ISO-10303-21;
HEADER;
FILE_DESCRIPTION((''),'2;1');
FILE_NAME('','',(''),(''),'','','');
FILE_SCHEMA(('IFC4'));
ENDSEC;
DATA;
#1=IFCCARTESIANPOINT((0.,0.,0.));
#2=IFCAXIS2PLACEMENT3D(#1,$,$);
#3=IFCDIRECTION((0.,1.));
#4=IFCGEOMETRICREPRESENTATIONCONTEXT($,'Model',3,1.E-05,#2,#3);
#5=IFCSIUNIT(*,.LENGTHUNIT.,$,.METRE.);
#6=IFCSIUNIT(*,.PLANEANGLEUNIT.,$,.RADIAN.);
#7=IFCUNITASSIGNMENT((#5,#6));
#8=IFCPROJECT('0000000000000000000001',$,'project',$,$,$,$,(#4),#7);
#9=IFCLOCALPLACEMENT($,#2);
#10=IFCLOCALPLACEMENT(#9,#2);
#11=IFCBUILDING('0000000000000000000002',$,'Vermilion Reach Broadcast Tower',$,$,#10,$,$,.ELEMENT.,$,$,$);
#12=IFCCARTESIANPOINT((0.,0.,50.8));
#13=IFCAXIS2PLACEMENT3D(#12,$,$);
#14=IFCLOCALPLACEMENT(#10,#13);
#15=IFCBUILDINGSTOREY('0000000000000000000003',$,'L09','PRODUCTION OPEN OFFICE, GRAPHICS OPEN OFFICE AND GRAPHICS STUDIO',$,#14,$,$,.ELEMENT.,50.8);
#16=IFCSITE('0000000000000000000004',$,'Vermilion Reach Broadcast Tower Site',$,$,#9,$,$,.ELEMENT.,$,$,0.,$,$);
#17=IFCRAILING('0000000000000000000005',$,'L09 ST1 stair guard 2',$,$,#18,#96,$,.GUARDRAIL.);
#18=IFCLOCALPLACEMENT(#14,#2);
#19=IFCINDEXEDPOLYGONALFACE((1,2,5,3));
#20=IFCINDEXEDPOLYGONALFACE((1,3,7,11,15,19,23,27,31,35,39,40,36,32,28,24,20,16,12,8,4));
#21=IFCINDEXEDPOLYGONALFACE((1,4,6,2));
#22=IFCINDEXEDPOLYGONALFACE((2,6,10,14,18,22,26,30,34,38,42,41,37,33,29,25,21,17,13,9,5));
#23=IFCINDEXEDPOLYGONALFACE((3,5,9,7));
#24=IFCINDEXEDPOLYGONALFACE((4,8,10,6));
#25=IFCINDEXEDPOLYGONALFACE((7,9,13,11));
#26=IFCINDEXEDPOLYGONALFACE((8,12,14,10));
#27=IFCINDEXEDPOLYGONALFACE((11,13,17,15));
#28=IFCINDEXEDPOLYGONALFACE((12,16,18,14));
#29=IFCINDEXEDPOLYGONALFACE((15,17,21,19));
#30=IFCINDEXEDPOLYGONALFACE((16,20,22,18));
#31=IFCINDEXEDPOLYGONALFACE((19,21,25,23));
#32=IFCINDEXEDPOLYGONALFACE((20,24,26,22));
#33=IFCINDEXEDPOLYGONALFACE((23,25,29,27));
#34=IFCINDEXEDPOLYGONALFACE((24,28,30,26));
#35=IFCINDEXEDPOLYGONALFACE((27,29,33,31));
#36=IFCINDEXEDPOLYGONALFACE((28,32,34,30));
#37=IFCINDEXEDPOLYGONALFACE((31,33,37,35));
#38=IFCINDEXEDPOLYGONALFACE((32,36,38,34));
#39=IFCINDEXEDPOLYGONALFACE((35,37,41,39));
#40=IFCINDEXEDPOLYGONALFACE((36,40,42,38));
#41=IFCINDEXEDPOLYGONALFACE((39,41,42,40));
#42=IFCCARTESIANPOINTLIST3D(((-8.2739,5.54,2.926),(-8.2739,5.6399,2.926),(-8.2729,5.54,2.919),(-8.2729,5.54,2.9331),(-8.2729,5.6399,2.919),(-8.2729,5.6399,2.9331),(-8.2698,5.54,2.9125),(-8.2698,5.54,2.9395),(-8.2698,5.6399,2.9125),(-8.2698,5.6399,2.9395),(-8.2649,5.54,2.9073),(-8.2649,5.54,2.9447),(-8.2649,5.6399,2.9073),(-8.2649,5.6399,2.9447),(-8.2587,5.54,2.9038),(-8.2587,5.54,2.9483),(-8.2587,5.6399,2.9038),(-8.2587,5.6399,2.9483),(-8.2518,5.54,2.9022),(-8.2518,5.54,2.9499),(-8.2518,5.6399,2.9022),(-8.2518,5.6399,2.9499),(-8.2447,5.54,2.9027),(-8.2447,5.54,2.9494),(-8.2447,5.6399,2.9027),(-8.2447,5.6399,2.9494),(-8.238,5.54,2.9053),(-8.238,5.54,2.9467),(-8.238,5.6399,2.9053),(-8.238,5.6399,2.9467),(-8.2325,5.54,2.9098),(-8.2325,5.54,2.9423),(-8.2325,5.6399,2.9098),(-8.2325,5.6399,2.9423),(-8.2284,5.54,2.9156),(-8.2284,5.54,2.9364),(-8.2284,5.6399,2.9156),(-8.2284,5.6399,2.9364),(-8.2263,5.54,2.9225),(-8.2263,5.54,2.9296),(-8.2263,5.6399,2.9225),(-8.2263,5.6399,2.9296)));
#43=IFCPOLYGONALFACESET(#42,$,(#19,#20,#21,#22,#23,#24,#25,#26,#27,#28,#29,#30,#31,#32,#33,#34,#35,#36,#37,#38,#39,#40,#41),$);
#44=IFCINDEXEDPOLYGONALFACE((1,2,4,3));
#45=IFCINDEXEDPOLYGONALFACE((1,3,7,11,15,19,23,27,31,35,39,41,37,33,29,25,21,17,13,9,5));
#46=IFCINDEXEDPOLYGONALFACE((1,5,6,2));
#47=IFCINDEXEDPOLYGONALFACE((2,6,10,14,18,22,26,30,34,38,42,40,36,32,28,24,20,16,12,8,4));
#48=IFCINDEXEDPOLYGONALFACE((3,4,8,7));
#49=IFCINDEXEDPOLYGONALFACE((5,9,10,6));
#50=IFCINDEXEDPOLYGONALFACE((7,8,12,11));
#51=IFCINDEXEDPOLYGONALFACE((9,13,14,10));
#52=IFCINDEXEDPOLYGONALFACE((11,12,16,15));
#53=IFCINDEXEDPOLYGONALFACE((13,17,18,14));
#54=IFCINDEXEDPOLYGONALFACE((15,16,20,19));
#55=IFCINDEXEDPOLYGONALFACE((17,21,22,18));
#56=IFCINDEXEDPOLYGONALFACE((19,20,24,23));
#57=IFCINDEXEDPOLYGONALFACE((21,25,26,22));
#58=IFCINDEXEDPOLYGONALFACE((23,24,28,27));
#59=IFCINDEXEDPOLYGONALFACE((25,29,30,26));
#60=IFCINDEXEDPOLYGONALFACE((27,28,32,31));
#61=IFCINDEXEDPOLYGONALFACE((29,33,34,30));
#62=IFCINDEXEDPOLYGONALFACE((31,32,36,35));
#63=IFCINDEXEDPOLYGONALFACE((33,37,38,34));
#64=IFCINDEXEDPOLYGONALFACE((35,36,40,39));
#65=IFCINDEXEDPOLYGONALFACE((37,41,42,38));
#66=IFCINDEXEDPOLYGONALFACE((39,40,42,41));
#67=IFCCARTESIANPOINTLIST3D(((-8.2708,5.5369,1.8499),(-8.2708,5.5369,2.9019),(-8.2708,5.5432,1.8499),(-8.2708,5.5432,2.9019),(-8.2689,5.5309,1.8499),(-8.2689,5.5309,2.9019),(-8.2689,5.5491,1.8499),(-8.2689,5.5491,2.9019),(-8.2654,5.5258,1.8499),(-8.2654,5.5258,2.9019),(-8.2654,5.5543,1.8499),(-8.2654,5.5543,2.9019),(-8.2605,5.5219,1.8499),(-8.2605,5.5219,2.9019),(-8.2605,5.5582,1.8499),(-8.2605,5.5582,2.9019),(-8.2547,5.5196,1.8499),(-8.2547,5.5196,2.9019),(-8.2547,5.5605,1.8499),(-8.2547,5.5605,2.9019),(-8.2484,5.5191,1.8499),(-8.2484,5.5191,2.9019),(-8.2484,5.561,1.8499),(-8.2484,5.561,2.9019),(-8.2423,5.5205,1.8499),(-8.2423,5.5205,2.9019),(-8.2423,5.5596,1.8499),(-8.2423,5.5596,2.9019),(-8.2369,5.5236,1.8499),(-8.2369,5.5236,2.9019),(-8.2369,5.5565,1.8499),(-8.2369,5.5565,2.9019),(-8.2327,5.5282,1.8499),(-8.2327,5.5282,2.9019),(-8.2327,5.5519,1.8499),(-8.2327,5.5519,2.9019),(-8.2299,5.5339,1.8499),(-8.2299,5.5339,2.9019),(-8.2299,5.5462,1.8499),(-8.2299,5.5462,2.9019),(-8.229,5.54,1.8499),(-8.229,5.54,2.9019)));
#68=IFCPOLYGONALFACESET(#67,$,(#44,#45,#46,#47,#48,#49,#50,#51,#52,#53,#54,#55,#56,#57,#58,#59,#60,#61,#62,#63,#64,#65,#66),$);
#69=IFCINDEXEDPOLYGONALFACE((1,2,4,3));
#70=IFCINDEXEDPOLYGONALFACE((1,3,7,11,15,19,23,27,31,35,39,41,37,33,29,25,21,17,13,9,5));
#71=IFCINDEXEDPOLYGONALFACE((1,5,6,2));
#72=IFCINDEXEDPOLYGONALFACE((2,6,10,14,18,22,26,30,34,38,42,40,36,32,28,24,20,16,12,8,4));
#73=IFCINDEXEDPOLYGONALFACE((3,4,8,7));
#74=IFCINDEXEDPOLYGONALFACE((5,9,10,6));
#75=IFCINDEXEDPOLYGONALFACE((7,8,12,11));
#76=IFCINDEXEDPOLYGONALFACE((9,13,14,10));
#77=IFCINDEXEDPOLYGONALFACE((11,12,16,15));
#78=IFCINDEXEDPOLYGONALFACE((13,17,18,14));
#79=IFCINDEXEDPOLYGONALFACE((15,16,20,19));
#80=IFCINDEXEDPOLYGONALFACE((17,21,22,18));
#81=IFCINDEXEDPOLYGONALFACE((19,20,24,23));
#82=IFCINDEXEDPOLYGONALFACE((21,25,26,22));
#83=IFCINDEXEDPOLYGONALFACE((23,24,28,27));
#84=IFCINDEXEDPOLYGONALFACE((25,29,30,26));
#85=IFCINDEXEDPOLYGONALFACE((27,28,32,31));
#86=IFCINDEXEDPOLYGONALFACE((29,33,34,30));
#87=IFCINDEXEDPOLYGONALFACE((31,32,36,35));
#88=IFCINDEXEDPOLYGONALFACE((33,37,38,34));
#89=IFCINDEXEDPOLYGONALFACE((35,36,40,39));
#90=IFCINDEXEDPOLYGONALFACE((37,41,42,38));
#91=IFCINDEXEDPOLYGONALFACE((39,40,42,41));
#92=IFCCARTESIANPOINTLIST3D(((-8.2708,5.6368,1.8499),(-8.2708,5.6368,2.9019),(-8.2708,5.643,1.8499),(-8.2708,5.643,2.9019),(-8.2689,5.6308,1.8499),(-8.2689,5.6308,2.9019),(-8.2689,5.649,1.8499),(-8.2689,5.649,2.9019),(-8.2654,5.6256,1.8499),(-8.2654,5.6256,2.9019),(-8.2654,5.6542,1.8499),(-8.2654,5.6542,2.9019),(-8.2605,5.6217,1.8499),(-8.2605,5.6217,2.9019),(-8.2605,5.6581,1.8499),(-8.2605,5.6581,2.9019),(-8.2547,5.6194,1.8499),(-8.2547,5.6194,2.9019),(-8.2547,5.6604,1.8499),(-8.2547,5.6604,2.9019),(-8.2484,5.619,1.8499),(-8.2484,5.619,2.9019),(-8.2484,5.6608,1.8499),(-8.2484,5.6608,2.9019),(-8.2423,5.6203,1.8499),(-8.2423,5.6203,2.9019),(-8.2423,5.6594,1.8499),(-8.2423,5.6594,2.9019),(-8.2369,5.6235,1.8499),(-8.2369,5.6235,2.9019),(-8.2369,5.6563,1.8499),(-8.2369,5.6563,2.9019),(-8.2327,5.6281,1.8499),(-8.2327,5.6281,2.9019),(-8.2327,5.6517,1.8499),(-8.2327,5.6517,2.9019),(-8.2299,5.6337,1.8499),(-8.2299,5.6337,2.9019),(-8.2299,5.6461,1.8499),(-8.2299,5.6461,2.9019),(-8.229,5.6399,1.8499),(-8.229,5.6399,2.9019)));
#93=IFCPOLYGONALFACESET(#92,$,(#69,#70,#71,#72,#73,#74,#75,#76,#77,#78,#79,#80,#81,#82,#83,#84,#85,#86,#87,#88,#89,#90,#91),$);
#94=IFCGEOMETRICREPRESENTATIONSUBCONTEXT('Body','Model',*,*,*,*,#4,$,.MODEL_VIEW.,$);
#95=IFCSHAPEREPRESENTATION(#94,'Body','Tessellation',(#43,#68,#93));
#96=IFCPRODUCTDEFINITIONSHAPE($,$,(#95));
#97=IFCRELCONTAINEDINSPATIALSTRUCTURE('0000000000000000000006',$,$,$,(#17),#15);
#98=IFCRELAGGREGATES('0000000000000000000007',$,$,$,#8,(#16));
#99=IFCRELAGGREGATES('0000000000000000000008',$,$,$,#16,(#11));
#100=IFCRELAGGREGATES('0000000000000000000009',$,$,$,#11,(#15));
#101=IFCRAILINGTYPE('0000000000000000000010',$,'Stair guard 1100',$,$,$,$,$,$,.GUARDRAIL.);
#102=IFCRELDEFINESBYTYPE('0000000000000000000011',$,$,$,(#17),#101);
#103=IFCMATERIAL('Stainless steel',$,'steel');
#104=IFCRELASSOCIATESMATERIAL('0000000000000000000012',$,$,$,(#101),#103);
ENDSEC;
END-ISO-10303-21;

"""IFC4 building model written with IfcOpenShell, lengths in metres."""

from ifc_helpers import new_model, si_unit, direction, frame, origin, origin_2d, place, context, subcontext, project, spatial, circle, extrude, material, type_object, element, save


model = new_model("IFC4")

# Units and contexts
model_context = context("Model", 3, precision=1e-05, world=origin(), true_north=direction((0.0, 1.0)))
body_context = subcontext(model_context, "Body", "Model", "MODEL_VIEW")
ifc_project = project(units=[si_unit("LENGTHUNIT", "METRE"), si_unit("PLANEANGLEUNIT", "RADIAN")], contexts=[model_context])

# Site, building, storey
site_placement = place(None, origin())
site = spatial("IfcSite", under=ifc_project, at=site_placement, Name="Vermilion Reach Broadcast Tower Site", CompositionType="ELEMENT", RefElevation=0.0)
building_placement = place(site_placement, origin())
building = spatial("IfcBuilding", under=site, at=building_placement, Name="Vermilion Reach Broadcast Tower", CompositionType="ELEMENT")
storey_placement = place(building_placement, frame((0.0, 0.0, 50.8)))
storey = spatial("IfcBuildingStorey", under=building, at=storey_placement, Name="L09", Description="PRODUCTION OPEN OFFICE, GRAPHICS OPEN OFFICE AND GRAPHICS STUDIO", CompositionType="ELEMENT", Elevation=50.8)

# Railing
ifc_material_1 = material(Name="Stainless steel", Category="steel")
railing_type_1 = type_object("IfcRailingType", Name="Stair guard 1100", PredefinedType="GUARDRAIL", material=ifc_material_1)
railing_1_placement = place(storey_placement, frame((-8.25, 5.54, 1.8499)))
element("IfcRailing", 1, at=railing_1_placement, inside=storey, type_object=railing_type_1, Name="L09 ST1 stair guard 2", PredefinedType="GUARDRAIL", context=body_context, shape_type="SweptSolid", body=[
    extrude(circle(Radius=0.0239, at=origin_2d()), frame((0.0, 0.0, 1.0762), z_axis=(0.0, 1.0, 0.0), x_axis=(-1.0, 0.0, 0.0)), (0.0, 0.0, 1.0), 0.0999),
    extrude(circle(Radius=0.021, at=origin_2d()), origin(), (0.0, 0.0, 1.0), 1.052),
    extrude(circle(Radius=0.021, at=origin_2d()), frame((0.0, 0.0999, 0.0)), (0.0, 0.0, 1.0), 1.052),
])

save(model, "model.ifc")
